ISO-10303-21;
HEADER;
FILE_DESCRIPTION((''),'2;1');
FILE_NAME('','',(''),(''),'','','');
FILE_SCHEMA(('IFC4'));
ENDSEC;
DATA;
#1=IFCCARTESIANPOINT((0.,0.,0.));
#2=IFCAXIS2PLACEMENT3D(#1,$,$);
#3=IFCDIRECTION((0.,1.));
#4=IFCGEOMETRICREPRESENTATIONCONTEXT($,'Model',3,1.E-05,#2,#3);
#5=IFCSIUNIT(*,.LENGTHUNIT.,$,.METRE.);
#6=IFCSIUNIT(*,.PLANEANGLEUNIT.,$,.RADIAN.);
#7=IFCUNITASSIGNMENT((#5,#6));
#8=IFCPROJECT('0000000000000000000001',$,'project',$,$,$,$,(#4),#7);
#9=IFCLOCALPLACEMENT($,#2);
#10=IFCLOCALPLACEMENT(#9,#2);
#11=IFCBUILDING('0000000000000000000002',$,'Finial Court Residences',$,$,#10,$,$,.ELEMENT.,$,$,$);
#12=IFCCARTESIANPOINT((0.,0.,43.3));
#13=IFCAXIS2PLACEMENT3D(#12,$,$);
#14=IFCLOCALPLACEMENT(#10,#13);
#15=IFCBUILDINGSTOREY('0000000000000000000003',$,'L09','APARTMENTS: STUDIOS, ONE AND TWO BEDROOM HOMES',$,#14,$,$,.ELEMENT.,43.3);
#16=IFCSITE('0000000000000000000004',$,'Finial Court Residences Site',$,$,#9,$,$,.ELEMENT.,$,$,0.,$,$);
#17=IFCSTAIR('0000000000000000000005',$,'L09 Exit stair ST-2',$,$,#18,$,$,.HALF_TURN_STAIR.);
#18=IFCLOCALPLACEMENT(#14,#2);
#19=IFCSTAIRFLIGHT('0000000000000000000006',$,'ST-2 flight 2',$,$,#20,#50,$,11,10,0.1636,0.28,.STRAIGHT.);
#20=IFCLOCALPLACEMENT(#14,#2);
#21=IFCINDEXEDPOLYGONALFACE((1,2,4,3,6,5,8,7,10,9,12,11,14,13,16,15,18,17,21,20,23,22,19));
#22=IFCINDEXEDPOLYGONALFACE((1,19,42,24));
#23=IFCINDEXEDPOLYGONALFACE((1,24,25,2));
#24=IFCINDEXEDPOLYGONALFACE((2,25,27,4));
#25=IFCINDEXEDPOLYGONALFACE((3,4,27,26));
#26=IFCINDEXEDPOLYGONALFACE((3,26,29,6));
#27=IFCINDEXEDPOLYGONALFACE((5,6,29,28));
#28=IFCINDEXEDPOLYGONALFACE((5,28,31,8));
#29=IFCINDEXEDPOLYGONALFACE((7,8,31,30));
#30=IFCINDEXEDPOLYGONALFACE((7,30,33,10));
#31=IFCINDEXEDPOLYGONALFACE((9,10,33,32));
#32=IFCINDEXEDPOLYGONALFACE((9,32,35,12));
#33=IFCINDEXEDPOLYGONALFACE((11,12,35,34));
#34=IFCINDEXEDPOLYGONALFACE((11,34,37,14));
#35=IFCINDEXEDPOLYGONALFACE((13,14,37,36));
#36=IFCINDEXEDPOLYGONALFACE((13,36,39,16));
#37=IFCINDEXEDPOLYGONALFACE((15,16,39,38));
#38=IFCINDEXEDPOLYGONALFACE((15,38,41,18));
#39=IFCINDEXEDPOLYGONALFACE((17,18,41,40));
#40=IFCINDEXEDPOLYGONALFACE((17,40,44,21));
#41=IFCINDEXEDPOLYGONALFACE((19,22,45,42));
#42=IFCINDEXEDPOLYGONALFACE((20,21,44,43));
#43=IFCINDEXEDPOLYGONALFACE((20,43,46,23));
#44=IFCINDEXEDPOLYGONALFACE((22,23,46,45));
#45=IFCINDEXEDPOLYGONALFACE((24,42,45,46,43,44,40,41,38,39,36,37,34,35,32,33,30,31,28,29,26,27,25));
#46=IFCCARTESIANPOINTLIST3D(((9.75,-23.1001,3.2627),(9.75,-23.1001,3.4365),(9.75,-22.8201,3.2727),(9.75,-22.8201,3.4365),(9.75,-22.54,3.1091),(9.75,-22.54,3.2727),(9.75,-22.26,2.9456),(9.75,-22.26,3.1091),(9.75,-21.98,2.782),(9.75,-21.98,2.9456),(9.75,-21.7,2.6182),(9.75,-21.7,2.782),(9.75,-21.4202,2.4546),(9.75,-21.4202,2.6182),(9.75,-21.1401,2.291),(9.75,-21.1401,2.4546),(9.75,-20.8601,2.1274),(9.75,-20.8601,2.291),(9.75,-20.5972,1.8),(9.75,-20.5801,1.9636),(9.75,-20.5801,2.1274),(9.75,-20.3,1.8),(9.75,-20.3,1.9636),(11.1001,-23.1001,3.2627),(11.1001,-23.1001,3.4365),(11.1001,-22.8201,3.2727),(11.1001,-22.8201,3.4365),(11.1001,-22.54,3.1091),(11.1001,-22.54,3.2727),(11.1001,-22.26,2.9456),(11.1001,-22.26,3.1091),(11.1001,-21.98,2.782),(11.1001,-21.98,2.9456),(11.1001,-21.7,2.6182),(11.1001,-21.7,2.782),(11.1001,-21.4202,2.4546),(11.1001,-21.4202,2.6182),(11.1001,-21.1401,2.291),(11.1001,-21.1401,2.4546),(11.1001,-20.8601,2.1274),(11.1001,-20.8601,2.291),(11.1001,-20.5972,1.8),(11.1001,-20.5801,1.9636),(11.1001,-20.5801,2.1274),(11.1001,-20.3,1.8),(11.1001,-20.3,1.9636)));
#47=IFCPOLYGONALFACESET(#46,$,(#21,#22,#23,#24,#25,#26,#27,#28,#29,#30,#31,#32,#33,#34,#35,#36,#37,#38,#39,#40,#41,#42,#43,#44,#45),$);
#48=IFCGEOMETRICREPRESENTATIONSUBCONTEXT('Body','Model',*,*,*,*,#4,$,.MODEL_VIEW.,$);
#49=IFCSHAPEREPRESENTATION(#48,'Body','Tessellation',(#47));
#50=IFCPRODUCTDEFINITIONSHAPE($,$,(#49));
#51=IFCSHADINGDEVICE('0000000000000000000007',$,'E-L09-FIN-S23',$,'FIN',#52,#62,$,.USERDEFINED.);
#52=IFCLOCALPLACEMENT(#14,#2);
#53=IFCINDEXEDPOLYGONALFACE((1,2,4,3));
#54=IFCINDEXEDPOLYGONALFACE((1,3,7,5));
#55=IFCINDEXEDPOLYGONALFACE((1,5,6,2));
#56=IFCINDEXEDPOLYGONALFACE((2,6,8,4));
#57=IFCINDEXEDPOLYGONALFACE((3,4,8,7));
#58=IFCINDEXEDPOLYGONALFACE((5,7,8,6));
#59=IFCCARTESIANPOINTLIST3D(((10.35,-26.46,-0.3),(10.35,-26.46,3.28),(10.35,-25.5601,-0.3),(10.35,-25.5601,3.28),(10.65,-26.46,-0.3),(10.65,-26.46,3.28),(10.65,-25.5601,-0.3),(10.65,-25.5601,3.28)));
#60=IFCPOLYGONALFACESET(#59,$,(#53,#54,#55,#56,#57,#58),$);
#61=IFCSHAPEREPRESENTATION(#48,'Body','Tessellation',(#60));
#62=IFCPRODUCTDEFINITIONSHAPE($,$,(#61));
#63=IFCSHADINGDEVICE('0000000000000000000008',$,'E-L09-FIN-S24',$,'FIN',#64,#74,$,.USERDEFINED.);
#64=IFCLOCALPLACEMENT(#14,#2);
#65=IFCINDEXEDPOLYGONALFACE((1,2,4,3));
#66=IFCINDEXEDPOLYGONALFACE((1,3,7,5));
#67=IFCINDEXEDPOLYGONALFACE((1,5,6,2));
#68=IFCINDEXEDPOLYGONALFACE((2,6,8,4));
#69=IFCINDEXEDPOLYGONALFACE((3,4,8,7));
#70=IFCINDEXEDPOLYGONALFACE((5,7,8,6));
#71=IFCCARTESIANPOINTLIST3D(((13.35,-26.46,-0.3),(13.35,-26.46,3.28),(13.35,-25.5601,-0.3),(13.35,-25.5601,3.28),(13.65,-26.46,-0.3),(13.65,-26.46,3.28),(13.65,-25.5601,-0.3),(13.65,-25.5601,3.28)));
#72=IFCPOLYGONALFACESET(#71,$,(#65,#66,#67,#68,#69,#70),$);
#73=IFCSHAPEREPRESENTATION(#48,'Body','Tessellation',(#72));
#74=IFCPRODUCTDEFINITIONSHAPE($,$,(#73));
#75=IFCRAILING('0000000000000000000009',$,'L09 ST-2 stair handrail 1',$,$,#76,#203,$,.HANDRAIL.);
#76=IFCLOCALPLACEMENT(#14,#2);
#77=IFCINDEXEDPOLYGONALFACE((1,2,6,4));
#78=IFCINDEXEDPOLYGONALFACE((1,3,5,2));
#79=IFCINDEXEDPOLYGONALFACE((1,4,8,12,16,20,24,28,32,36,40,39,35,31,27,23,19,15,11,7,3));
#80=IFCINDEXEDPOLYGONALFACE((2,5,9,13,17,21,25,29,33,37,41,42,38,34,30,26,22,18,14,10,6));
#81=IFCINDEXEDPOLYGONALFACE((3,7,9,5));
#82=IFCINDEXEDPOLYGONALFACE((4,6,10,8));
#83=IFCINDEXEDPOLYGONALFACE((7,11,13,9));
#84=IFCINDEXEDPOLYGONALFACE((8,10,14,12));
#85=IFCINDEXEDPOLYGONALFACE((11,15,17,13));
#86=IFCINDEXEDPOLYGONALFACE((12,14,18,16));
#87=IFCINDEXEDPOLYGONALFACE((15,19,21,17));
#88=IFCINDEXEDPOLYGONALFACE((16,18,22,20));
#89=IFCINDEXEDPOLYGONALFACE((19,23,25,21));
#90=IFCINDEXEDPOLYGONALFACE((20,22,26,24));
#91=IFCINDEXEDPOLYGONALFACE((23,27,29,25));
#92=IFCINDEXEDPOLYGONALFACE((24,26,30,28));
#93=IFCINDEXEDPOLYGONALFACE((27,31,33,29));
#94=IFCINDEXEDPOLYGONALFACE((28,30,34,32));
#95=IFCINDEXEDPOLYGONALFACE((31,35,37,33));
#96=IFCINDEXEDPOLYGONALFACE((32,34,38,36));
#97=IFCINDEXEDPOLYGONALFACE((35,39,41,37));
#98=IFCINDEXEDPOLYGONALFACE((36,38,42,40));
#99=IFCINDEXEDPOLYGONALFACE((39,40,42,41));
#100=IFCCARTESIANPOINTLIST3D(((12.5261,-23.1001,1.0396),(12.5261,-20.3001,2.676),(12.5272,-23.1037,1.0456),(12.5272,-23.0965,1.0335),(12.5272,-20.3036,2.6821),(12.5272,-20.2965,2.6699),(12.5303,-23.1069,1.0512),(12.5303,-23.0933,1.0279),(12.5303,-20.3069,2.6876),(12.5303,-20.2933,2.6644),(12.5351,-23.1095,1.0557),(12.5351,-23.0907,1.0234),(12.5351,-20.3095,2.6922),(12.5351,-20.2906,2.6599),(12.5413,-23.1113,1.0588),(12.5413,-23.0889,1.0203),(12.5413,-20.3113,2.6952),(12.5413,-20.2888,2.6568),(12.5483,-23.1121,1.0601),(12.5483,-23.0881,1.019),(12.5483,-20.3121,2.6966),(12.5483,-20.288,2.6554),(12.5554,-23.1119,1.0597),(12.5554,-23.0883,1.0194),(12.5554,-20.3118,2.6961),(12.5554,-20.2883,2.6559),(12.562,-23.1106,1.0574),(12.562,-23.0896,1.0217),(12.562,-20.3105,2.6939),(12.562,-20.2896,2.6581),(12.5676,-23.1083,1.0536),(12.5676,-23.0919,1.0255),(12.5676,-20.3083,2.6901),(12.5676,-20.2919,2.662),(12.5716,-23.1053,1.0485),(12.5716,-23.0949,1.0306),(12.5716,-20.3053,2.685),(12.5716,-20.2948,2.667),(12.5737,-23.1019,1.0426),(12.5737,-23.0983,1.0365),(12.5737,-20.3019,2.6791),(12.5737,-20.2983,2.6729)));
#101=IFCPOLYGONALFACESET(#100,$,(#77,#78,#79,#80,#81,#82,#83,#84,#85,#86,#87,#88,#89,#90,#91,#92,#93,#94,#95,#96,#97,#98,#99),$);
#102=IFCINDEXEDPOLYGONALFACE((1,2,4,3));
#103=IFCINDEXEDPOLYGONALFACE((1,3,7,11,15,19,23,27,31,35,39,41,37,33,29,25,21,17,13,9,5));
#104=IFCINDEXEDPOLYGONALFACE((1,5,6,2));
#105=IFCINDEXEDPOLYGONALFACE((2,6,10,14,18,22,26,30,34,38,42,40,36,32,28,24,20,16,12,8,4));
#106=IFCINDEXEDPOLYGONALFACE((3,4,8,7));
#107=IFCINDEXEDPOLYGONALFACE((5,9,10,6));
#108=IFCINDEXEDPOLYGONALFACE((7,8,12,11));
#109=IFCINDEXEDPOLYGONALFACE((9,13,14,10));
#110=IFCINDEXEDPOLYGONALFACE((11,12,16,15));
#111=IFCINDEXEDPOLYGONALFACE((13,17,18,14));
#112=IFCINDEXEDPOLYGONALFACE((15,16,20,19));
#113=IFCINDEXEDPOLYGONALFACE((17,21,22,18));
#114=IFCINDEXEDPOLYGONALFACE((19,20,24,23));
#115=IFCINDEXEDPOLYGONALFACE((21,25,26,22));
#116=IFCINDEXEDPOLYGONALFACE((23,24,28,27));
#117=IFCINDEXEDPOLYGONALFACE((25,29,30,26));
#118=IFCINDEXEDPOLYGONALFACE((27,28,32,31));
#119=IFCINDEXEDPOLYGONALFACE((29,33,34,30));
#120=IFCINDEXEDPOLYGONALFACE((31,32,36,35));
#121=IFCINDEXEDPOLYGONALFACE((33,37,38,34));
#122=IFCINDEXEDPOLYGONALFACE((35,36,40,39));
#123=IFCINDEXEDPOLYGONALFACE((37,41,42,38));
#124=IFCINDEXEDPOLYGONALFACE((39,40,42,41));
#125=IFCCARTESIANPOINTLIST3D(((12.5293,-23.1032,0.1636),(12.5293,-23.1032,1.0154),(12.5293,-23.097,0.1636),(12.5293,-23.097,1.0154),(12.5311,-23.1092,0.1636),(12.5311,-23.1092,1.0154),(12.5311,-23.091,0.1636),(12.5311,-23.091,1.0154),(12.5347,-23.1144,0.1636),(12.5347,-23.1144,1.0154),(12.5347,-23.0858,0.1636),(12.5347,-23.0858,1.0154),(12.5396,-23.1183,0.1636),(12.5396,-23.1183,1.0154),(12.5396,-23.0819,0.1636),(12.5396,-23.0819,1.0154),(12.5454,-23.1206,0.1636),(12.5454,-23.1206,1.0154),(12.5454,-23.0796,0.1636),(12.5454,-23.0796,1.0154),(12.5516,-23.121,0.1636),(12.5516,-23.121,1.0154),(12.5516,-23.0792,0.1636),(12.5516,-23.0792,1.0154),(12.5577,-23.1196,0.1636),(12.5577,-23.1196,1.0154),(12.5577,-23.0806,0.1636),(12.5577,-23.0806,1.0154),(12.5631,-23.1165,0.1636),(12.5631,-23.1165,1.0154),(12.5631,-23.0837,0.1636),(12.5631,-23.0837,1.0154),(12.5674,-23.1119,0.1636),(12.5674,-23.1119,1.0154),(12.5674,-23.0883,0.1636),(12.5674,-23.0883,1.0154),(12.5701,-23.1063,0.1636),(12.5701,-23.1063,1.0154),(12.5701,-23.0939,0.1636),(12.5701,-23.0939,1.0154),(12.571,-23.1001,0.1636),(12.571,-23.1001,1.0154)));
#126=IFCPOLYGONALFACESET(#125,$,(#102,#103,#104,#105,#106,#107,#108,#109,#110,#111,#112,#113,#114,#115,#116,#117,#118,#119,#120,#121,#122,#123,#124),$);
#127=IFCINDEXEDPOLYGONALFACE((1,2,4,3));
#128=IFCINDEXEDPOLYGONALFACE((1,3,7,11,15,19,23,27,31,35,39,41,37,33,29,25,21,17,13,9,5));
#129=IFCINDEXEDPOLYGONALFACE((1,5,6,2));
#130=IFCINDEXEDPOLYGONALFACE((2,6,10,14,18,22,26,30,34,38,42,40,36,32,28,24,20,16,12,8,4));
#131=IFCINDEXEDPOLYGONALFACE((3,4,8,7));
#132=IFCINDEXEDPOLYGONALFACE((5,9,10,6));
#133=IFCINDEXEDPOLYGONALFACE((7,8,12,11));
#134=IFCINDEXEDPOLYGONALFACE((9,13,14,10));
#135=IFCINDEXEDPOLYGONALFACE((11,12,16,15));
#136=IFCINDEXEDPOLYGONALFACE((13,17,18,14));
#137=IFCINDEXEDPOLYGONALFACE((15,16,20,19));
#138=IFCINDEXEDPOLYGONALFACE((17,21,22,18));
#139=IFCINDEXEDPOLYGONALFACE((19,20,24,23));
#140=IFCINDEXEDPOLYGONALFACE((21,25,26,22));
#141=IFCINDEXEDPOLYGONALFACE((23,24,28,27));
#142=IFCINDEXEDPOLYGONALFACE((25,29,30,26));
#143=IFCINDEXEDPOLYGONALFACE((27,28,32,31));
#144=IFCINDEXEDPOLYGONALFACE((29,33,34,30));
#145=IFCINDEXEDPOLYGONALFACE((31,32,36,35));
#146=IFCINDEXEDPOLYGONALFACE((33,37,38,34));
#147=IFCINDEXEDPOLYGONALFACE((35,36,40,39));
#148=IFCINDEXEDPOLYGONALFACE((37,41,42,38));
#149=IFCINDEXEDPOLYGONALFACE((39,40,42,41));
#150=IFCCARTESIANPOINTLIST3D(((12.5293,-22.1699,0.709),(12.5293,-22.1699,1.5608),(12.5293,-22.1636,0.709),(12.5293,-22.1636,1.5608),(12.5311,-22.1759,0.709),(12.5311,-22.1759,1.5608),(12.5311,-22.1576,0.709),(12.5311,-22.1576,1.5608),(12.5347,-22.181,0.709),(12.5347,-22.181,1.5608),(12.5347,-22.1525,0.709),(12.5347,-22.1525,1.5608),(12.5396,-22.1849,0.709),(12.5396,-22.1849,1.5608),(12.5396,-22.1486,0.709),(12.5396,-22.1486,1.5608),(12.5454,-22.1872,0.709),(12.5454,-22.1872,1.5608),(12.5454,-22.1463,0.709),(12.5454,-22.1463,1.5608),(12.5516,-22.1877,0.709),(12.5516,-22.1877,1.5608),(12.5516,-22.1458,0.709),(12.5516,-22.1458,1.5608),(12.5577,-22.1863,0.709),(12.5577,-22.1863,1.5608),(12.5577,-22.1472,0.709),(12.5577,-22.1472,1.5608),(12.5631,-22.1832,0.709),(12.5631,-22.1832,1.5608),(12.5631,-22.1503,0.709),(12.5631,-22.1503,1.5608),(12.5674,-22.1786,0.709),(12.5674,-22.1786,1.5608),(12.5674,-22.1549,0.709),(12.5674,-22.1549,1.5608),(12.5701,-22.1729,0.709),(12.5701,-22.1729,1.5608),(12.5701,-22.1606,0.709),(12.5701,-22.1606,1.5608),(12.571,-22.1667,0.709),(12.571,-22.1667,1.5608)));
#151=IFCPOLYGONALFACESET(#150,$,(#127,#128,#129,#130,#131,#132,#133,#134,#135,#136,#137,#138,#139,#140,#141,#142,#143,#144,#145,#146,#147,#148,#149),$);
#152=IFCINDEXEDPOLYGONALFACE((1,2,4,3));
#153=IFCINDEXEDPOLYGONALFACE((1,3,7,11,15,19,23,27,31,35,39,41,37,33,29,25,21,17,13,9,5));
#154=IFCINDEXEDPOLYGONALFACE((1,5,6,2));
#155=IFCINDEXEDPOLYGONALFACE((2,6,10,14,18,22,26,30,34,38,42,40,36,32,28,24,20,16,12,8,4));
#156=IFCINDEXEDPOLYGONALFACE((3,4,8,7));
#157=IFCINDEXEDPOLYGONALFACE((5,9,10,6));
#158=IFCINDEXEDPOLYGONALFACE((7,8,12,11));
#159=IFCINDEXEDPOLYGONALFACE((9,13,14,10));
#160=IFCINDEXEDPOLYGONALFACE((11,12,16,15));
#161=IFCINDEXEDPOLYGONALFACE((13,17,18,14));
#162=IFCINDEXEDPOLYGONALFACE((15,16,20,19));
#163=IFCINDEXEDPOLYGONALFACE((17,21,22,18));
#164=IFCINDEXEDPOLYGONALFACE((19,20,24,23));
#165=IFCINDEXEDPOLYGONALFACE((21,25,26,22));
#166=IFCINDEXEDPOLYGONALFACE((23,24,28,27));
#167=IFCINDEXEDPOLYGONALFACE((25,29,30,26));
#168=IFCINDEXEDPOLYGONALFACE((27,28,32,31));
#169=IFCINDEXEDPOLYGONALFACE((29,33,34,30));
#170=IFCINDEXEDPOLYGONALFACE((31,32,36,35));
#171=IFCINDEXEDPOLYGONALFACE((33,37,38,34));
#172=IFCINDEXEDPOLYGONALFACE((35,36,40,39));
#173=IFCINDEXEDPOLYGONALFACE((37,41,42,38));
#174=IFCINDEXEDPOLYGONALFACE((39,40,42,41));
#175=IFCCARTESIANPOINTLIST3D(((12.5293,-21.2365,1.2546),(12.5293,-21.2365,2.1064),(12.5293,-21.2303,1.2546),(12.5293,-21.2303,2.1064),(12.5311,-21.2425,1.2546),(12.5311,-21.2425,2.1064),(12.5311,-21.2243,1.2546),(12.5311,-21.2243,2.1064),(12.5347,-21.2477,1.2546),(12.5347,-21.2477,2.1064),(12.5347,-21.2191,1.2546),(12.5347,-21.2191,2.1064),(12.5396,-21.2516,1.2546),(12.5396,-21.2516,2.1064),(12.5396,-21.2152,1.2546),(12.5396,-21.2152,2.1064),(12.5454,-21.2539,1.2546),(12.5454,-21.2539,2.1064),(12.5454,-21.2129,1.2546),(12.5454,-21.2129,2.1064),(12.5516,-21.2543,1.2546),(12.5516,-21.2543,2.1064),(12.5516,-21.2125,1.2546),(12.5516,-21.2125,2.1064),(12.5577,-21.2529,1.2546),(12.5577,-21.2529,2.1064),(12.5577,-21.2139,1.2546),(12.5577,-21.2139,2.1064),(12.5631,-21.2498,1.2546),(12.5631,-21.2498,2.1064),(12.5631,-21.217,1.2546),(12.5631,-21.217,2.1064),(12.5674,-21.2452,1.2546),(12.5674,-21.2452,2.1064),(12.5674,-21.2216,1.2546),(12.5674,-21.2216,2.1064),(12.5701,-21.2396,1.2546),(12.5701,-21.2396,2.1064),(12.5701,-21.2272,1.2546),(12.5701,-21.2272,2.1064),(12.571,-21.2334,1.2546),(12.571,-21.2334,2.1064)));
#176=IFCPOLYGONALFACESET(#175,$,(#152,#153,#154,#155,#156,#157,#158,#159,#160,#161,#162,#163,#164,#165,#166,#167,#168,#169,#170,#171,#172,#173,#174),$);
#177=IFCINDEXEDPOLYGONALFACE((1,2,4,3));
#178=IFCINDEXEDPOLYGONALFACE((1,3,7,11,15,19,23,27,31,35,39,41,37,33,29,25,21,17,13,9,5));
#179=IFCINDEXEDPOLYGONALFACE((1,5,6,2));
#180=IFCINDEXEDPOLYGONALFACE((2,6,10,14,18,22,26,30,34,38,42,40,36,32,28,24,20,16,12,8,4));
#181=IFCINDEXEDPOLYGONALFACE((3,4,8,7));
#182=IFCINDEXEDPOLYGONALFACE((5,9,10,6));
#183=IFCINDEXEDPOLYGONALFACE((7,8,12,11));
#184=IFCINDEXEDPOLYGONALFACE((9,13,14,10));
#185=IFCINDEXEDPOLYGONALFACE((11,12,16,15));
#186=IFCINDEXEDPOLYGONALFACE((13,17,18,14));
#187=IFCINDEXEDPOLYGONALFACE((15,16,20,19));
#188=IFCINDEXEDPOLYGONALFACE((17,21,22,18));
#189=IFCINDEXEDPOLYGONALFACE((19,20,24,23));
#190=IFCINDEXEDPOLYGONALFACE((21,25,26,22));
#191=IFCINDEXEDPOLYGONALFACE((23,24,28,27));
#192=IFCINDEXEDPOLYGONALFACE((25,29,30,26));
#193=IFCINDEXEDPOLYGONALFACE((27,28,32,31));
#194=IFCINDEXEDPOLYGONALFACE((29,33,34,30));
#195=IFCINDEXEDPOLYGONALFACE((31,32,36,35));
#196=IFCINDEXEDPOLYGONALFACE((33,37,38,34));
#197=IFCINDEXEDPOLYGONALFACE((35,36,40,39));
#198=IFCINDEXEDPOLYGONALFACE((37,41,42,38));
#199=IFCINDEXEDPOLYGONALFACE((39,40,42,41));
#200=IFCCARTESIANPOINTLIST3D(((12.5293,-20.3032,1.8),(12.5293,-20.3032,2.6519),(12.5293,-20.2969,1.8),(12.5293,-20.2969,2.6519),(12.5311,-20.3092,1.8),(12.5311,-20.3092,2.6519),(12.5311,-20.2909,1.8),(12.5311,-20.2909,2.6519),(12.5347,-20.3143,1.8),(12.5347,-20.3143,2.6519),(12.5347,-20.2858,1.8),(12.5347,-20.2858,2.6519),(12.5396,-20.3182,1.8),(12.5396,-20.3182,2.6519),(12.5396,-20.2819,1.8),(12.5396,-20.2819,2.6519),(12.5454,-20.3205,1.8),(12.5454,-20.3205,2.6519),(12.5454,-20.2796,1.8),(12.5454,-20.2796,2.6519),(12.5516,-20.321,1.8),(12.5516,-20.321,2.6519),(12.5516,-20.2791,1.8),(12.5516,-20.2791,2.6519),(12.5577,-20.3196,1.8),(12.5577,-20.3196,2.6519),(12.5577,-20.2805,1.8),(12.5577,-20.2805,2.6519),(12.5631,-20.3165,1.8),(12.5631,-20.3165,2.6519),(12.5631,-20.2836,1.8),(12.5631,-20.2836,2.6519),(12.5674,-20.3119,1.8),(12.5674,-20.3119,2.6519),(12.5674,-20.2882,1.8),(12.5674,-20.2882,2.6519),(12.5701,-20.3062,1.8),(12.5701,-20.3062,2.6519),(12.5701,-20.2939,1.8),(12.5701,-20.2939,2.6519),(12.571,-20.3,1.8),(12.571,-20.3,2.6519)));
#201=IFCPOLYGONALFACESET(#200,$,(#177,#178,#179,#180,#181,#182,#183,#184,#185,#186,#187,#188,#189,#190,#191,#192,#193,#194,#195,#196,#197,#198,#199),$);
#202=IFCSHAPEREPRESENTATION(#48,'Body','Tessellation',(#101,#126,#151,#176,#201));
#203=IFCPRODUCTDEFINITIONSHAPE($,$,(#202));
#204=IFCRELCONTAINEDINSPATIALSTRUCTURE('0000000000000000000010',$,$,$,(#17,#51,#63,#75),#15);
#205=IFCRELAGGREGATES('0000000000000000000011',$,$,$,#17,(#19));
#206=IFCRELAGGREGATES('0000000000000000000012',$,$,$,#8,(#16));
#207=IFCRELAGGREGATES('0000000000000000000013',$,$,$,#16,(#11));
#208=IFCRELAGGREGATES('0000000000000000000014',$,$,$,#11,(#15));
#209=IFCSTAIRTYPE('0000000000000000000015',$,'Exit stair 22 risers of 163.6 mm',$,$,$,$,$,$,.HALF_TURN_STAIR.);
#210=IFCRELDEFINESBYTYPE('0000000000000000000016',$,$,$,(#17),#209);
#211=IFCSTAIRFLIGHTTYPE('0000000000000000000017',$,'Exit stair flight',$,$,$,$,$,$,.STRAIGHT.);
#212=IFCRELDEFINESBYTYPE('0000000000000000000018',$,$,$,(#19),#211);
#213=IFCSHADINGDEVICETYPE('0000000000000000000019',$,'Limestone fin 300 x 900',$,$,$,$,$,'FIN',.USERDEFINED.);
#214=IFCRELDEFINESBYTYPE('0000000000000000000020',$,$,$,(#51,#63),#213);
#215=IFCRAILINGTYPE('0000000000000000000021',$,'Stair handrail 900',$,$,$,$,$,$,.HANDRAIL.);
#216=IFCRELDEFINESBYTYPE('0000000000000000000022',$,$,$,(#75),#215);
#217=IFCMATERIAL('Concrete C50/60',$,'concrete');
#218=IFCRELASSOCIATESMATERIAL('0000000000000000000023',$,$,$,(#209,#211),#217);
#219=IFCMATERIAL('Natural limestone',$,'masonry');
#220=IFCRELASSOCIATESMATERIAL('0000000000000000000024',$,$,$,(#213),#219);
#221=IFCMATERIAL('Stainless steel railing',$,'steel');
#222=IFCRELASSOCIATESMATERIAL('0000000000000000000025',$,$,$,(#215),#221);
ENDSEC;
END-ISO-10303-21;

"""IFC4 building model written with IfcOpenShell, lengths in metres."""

from ifc_helpers import new_model, si_unit, direction, frame, origin, origin_2d, place, context, subcontext, project, spatial, polyline, rectangle, circle, outline, extrude, material, type_object, element, aggregate, save


model = new_model("IFC4")

# Units and contexts
model_context = context("Model", 3, precision=1e-05, world=origin(), true_north=direction((0.0, 1.0)))
body_context = subcontext(model_context, "Body", "Model", "MODEL_VIEW")
ifc_project = project(units=[si_unit("LENGTHUNIT", "METRE"), si_unit("PLANEANGLEUNIT", "RADIAN")], contexts=[model_context])

# Site, building, storey
site_placement = place(None, origin())
site = spatial("IfcSite", under=ifc_project, at=site_placement, Name="Finial Court Residences Site", CompositionType="ELEMENT", RefElevation=0.0)
building_placement = place(site_placement, origin())
building = spatial("IfcBuilding", under=site, at=building_placement, Name="Finial Court Residences", CompositionType="ELEMENT")
storey_placement = place(building_placement, frame((0.0, 0.0, 43.3)))
storey = spatial("IfcBuildingStorey", under=building, at=storey_placement, Name="L09", Description="APARTMENTS: STUDIOS, ONE AND TWO BEDROOM HOMES", CompositionType="ELEMENT", Elevation=43.3)

# Stair, stair flight
ifc_material_1 = material(Name="Concrete C50/60", Category="concrete")
stair_type = type_object("IfcStairType", Name="Exit stair 22 risers of 163.6 mm", PredefinedType="HALF_TURN_STAIR", material=ifc_material_1)
stair_placement = place(storey_placement, origin())
stair = element("IfcStair", 1, at=stair_placement, inside=storey, type_object=stair_type, Name="L09 Exit stair ST-2", PredefinedType="HALF_TURN_STAIR")
stair_flight_type = type_object("IfcStairFlightType", Name="Exit stair flight", PredefinedType="STRAIGHT", material=ifc_material_1)
stair_flight_1_placement = place(storey_placement, frame((10.425, -20.3, 1.8), z_axis=(0.0, 0.0, 1.0), x_axis=(0.0, -1.0, 0.0)))
stair_flight_1 = element("IfcStairFlight", 2, at=stair_flight_1_placement, type_object=stair_flight_type, Name="ST-2 flight 2", NumberOfRisers=11, NumberOfTreads=10, PredefinedType="STRAIGHT", RiserHeight=0.1636, TreadLength=0.28, context=body_context, shape_type="SweptSolid", body=[
    extrude(outline(polyline([(0.0, 0.0), (0.0, 0.1636), (0.28, 0.1636), (0.28, 0.3274), (0.5601, 0.3274), (0.5601, 0.491), (0.8401, 0.491), (0.8401, 0.6545), (1.1201, 0.6545), (1.1201, 0.8181), (1.3999, 0.8181), (1.3999, 0.9819), (1.6799, 0.9819), (1.6799, 1.1455), (1.96, 1.1455), (1.96, 1.3091), (2.24, 1.3091), (2.24, 1.4727), (2.52, 1.4727), (2.52, 1.6365), (2.8, 1.6365), (2.8, 1.8), (2.8, 1.4626), (0.2971, 0.0), (0.0, 0.0)])), frame((0.0, 0.675, 0.0), z_axis=(0.0, -1.0, 0.0), x_axis=(1.0, 0.0, 0.0)), (0.0, 0.0, 1.0), 1.3501),
])
aggregate(stair, [stair_flight_1])

# Shading devices
ifc_material_2 = material(Name="Natural limestone", Category="masonry")
shading_device_type = type_object("IfcShadingDeviceType", Name="Limestone fin 300 x 900", ElementType="FIN", PredefinedType="USERDEFINED", material=ifc_material_2)
for number, where, z_axis, x_axis, name in (
    (3, (10.5, -26.01, -0.3), (0.0, 0.0, 1.0), (1.0, 0.0, 0.0), "E-L09-FIN-S23"),
    (4, (13.5, -26.01, -0.3), (0.0, 0.0, 1.0), (1.0, 0.0, 0.0), "E-L09-FIN-S24"),
):
    element("IfcShadingDevice", number, at=place(storey_placement, frame(where, z_axis=z_axis, x_axis=x_axis)), inside=storey, type_object=shading_device_type, Name=name, ObjectType="FIN", PredefinedType="USERDEFINED", context=body_context, shape_type="SweptSolid", body=[
        extrude(rectangle(XDim=0.3, YDim=0.8999, at=origin_2d()), origin(), (0.0, 0.0, 1.0), 3.5801),
    ])

# Railing
ifc_material_3 = material(Name="Stainless steel railing", Category="steel")
railing_type_1 = type_object("IfcRailingType", Name="Stair handrail 900", PredefinedType="HANDRAIL", material=ifc_material_3)
railing_1_placement = place(storey_placement, frame((12.55, -23.1001, 0.1636)))
element("IfcRailing", 5, at=railing_1_placement, inside=storey, type_object=railing_type_1, Name="L09 ST-2 stair handrail 1", PredefinedType="HANDRAIL", context=body_context, shape_type="SweptSolid", body=[
    extrude(circle(Radius=0.0239, at=origin_2d()), frame((0.0, 0.0, 0.876), z_axis=(0.0, 0.863361, 0.504587), x_axis=(-1.0, 0.0, 0.0)), (0.0, 0.0, 1.0), 3.2432),
    extrude(circle(Radius=0.021, at=origin_2d()), origin(), (0.0, 0.0, 1.0), 0.8518),
    extrude(circle(Radius=0.021, at=origin_2d()), frame((0.0, 0.9333, 0.5454)), (0.0, 0.0, 1.0), 0.8518),
    extrude(circle(Radius=0.021, at=origin_2d()), frame((0.0, 1.8667, 1.0911)), (0.0, 0.0, 1.0), 0.8518),
    extrude(circle(Radius=0.021, at=origin_2d()), frame((0.0, 2.8, 1.6365)), (0.0, 0.0, 1.0), 0.8518),
])

save(model, "model.ifc")
